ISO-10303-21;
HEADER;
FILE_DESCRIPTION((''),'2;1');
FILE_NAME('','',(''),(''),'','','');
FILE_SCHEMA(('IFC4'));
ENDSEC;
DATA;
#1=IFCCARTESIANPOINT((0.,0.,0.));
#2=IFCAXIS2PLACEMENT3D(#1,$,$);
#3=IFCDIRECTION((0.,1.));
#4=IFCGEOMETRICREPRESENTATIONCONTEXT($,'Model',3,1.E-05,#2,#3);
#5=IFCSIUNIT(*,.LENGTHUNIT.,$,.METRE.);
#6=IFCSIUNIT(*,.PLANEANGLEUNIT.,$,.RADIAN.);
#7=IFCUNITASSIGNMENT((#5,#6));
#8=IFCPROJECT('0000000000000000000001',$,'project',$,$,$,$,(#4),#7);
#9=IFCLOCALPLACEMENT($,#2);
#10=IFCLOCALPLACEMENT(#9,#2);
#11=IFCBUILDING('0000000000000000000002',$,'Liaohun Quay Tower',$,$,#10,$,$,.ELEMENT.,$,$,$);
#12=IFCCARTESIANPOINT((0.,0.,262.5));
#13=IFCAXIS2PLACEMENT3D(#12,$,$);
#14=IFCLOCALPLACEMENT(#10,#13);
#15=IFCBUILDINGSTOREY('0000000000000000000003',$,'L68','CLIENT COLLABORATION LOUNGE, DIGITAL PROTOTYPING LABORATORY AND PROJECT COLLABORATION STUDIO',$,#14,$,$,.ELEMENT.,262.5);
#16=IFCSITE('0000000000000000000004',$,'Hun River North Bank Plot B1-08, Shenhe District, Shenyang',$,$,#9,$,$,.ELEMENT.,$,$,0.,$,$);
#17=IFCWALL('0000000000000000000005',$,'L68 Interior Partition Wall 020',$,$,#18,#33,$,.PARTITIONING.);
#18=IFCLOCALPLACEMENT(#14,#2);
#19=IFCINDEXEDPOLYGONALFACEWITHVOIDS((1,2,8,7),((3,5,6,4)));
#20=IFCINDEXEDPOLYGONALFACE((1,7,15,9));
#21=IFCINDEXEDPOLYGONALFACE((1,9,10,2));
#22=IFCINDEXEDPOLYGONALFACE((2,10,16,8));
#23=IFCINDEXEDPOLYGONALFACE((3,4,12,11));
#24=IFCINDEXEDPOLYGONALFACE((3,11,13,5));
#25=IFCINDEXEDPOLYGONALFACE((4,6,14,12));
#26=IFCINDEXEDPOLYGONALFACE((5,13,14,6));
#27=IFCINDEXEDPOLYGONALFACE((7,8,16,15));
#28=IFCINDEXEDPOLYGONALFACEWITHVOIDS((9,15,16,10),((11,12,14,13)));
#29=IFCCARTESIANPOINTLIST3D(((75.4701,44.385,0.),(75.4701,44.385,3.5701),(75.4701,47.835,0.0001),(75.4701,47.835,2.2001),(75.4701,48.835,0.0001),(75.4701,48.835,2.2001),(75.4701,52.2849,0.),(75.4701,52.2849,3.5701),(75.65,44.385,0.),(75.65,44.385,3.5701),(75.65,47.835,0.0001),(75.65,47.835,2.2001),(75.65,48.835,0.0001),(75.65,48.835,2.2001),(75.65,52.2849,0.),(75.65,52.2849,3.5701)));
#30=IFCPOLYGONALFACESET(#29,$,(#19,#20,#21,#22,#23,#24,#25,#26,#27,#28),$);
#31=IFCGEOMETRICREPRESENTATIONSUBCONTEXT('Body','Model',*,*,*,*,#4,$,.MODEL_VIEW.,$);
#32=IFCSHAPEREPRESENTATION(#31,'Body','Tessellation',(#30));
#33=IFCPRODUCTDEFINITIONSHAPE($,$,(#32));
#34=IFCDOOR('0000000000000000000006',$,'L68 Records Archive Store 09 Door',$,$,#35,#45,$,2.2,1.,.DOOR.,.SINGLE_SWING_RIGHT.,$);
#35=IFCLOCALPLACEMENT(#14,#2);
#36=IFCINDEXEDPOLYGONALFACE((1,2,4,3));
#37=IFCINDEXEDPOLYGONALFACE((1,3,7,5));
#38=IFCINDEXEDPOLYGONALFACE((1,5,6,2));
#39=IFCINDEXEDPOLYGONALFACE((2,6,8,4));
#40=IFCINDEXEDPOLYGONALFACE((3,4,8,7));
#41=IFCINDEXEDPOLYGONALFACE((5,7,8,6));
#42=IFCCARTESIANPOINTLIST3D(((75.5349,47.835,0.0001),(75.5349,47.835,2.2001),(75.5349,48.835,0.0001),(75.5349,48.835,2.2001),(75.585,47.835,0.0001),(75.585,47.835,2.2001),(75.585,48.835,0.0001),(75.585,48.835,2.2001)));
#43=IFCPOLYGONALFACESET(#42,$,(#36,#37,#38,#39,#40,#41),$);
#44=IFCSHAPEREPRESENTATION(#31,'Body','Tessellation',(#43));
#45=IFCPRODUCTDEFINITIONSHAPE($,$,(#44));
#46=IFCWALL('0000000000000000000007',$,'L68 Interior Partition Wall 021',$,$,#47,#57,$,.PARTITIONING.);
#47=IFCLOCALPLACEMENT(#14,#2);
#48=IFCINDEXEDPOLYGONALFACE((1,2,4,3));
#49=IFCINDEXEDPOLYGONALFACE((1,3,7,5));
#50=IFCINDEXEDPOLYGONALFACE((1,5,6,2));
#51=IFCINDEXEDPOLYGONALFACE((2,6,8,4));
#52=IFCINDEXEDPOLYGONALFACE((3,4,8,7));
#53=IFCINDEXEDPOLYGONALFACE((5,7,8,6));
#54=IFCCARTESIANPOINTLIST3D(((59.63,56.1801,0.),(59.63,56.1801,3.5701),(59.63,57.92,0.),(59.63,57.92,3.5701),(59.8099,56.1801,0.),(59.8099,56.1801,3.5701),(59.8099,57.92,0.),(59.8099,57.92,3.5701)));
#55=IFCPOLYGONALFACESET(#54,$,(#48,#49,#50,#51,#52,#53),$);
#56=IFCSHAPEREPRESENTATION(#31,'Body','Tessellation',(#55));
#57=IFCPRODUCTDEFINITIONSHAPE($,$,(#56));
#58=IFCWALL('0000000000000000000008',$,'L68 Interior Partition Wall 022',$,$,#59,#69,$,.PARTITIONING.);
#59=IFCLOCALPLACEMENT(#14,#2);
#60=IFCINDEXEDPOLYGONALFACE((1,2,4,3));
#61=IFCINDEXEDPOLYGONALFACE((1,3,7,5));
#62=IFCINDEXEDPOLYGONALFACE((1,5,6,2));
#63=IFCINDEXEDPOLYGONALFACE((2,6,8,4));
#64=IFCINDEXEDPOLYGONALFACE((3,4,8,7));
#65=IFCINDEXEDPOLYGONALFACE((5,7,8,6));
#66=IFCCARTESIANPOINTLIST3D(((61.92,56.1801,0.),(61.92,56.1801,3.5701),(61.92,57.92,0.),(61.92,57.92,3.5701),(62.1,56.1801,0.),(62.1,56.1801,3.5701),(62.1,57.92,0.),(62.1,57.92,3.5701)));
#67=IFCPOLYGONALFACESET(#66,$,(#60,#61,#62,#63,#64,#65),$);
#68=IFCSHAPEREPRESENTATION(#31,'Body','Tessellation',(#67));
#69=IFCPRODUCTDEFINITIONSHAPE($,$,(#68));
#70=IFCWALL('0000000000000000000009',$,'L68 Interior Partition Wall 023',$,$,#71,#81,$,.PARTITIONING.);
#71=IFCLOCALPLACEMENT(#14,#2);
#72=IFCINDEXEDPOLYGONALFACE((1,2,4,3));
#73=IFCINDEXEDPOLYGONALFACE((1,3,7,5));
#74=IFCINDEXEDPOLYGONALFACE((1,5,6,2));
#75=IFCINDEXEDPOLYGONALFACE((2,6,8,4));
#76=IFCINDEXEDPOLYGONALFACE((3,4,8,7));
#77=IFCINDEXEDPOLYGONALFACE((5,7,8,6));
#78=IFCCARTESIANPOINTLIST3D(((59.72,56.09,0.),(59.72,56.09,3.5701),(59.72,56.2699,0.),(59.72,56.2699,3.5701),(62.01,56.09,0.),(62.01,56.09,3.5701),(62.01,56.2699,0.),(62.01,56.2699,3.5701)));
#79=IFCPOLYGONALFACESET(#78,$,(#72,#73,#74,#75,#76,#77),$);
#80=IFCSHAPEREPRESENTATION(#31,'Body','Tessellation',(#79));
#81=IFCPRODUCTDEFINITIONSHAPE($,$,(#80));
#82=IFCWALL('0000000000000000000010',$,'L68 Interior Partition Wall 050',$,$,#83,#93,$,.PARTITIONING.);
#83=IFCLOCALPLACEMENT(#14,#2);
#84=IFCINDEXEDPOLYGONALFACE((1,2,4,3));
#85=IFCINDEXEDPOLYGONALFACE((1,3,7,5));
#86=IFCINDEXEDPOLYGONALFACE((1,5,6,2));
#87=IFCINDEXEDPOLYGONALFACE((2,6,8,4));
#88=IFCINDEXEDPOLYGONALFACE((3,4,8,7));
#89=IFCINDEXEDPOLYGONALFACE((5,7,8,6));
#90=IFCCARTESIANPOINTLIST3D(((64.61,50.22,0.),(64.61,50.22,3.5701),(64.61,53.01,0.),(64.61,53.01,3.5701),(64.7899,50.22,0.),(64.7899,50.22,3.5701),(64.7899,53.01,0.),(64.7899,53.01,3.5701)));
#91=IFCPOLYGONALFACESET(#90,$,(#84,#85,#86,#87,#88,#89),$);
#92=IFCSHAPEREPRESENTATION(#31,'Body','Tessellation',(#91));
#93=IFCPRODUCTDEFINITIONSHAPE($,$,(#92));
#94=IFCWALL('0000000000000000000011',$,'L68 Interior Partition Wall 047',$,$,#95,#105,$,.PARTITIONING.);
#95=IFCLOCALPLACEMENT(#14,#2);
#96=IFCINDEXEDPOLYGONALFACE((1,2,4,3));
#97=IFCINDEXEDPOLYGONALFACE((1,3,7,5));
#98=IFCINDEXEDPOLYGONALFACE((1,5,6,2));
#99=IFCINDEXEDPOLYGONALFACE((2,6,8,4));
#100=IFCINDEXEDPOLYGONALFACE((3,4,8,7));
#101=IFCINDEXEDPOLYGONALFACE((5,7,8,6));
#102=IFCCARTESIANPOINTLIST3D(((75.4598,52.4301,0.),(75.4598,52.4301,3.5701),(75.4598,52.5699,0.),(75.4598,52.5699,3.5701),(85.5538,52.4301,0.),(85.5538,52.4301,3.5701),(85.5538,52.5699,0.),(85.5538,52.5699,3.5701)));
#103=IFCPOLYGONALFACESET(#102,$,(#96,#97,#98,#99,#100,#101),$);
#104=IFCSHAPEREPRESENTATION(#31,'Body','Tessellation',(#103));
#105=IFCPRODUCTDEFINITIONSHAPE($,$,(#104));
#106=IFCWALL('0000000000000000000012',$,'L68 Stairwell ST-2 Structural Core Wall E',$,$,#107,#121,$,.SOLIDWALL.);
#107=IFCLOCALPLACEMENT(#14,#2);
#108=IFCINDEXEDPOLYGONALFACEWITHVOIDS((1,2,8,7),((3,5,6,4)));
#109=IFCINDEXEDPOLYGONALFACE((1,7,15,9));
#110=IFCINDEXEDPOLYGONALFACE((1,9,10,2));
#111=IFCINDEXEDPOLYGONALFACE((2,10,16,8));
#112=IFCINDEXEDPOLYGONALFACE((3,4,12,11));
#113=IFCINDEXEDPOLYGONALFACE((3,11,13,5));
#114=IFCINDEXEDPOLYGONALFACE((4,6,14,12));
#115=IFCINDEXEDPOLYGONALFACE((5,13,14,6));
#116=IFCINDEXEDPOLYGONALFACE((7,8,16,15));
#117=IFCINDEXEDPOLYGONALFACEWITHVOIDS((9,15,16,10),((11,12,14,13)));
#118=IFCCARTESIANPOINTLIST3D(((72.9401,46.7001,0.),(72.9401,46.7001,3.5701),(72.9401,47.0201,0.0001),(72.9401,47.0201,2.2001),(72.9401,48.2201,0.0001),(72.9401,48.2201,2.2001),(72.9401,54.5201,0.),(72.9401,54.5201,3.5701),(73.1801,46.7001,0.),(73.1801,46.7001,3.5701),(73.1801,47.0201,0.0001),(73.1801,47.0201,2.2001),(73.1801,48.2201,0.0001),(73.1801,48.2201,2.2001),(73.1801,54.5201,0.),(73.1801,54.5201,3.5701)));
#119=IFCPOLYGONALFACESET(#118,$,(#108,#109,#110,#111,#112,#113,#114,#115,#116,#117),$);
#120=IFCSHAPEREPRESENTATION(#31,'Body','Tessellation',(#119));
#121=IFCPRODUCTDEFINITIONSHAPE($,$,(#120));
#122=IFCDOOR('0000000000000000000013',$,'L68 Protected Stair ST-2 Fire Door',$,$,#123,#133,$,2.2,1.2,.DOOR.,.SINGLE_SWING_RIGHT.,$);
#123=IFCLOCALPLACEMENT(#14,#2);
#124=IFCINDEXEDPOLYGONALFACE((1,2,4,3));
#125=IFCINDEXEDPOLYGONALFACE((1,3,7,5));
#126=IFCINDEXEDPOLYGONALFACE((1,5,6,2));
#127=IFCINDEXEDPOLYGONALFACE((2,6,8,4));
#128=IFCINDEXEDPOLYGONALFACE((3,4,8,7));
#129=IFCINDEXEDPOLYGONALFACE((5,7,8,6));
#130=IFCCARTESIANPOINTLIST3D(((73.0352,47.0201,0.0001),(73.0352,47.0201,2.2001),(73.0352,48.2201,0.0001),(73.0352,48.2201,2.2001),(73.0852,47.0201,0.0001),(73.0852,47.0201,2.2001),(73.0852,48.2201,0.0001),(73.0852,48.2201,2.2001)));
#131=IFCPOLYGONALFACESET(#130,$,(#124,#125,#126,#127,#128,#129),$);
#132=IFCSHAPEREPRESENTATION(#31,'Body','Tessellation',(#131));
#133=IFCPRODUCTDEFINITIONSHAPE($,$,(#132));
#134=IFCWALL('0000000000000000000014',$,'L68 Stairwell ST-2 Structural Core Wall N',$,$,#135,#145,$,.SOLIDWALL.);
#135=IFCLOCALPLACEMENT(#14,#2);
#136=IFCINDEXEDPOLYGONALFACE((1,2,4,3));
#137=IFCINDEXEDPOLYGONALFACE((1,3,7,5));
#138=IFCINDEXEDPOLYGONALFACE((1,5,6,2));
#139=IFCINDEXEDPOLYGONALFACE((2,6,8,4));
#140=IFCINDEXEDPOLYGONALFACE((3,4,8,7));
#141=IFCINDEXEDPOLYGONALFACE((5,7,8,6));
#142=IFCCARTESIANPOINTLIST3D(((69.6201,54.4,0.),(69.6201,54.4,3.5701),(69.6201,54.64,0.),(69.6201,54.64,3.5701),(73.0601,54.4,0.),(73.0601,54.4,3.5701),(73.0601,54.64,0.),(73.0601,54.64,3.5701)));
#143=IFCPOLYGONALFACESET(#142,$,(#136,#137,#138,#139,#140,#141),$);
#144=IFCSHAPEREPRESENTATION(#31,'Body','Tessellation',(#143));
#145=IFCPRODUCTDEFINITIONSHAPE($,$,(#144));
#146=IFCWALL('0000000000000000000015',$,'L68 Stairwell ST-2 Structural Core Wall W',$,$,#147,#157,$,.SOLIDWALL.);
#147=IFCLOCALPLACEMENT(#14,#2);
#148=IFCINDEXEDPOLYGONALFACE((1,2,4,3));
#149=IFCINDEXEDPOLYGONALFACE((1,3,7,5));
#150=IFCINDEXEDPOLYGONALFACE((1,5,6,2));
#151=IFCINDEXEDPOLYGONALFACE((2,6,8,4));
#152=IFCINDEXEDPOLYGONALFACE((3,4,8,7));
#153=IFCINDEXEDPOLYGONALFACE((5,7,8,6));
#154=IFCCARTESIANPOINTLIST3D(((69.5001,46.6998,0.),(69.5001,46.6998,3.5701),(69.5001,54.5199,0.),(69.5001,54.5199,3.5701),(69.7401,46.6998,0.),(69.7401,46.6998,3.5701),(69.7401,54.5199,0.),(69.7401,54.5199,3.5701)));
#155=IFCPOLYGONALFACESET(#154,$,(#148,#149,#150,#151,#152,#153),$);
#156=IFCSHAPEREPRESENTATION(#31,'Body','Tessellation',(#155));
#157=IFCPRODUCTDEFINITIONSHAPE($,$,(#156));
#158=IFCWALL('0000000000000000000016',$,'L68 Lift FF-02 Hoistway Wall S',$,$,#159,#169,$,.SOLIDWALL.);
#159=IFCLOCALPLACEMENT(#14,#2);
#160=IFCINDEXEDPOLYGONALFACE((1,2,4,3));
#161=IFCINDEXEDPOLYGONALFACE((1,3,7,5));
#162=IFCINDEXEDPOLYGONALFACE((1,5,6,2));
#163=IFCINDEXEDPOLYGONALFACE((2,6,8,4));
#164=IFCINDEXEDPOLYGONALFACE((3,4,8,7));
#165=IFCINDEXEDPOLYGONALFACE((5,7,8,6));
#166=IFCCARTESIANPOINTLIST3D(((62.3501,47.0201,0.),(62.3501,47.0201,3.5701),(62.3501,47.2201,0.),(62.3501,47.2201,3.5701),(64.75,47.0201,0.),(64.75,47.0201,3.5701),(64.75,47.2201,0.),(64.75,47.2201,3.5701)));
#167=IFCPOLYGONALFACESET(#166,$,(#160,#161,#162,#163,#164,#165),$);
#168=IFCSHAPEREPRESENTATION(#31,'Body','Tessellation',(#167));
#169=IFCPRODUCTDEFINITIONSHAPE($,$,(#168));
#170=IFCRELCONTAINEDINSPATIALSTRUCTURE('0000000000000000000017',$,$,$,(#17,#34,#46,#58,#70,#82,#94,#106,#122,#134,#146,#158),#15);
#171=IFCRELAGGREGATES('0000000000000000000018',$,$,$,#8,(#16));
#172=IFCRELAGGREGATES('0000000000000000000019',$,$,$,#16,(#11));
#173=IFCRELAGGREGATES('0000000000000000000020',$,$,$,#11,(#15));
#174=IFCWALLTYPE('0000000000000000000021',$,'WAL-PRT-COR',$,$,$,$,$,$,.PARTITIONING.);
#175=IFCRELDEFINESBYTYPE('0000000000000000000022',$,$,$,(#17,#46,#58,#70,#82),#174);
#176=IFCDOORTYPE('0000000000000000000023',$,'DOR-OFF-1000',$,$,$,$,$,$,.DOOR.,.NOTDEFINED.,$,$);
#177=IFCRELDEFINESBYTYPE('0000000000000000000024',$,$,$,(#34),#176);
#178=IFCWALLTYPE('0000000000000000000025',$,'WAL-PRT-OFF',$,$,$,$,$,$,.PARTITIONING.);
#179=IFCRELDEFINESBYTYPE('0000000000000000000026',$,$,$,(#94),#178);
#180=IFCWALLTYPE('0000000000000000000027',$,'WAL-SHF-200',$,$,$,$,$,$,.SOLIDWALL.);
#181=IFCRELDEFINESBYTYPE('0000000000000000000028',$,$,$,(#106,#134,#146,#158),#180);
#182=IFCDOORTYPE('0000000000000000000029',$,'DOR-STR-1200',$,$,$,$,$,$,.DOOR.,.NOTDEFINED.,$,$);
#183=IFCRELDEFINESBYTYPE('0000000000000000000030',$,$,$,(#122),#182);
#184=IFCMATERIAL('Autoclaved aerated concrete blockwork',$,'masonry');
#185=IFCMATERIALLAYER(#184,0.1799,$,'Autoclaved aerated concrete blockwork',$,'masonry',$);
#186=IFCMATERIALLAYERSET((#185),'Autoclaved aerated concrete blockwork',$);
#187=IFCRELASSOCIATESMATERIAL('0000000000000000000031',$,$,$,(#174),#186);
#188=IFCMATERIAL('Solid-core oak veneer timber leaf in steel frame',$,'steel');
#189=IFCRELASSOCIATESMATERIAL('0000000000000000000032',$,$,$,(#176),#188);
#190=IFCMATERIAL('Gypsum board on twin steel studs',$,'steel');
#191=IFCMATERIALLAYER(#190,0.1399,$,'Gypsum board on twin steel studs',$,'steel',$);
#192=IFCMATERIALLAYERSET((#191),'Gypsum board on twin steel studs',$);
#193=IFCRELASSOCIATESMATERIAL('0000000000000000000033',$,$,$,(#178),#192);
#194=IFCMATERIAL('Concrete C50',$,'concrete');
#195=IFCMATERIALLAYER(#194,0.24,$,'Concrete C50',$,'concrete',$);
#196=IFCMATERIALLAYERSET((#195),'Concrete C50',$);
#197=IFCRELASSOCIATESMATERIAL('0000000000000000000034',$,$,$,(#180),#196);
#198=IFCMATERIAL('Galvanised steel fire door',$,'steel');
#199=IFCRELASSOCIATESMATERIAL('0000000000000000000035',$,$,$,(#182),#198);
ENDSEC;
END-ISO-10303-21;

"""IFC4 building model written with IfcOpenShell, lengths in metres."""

from ifc_helpers import new_model, si_unit, direction, frame, frame_2d, origin, place, context, subcontext, project, spatial, rectangle, extrude, source, transform, mapped, material, layer, layer_set, type_object, element, fill, save


model = new_model("IFC4")

# Units and contexts
model_context = context("Model", 3, precision=1e-05, world=origin(), true_north=direction((0.0, 1.0)))
body_context = subcontext(model_context, "Body", "Model", "MODEL_VIEW")
ifc_project = project(units=[si_unit("LENGTHUNIT", "METRE"), si_unit("PLANEANGLEUNIT", "RADIAN")], contexts=[model_context])

# Site, building, storey
site_placement = place(None, origin())
site = spatial("IfcSite", under=ifc_project, at=site_placement, Name="Hun River North Bank Plot B1-08, Shenhe District, Shenyang", CompositionType="ELEMENT", RefElevation=0.0)
building_placement = place(site_placement, origin())
building = spatial("IfcBuilding", under=site, at=building_placement, Name="Liaohun Quay Tower", CompositionType="ELEMENT")
storey_placement = place(building_placement, frame((0.0, 0.0, 262.5)))
storey = spatial("IfcBuildingStorey", under=building, at=storey_placement, Name="L68", Description="CLIENT COLLABORATION LOUNGE, DIGITAL PROTOTYPING LABORATORY AND PROJECT COLLABORATION STUDIO", CompositionType="ELEMENT", Elevation=262.5)

# Wall, opening, door
ifc_material_1 = material(Name="Autoclaved aerated concrete blockwork", Category="masonry")
ifc_layer_1 = layer(ifc_material_1, 0.1799, Name="Autoclaved aerated concrete blockwork", Category="masonry")
ifc_layer_set_1 = layer_set([ifc_layer_1], Name="Autoclaved aerated concrete blockwork")
wall_type_1 = type_object("IfcWallType", Name="WAL-PRT-COR", PredefinedType="PARTITIONING", material=ifc_layer_set_1)
wall_1_placement = place(storey_placement, frame((75.5601, 52.2849, 0.0), z_axis=(0.0, 0.0, 1.0), x_axis=(0.0, -1.0, 0.0)))
wall_1 = element("IfcWall", 1, at=wall_1_placement, inside=storey, type_object=wall_type_1, Name="L68 Interior Partition Wall 020", PredefinedType="PARTITIONING", context=body_context, shape_type="SweptSolid", body=[
    extrude(rectangle(XDim=7.8999, YDim=0.1799, at=frame_2d((3.95, 0.0))), origin(), (0.0, 0.0, 1.0), 3.5701),
])
shared_shape_1 = source(origin(), body_context, "Body", "SweptSolid", [
    extrude(rectangle(XDim=1.0, YDim=2.2, at=frame_2d((0.5, 1.1001))), frame((0.0, 0.0999, 0.0), z_axis=(0.0, -1.0, 0.0), x_axis=(1.0, 0.0, 0.0)), (0.0, 0.0, 1.0), 0.2),
])
opening_1_placement = place(wall_1_placement, frame((3.45, 0.0, 0.0)))
opening_1 = element("IfcOpeningElement", 2, at=opening_1_placement, cuts=wall_1, PredefinedType="OPENING", context=body_context, shape_type="MappedRepresentation", body=[
    mapped(shared_shape_1, transform((0.0, 0.0, 0.0), x_axis=(1.0, 0.0, 0.0), y_axis=(0.0, 1.0, 0.0), z_axis=(0.0, 0.0, 1.0), scale=1.0)),
])
ifc_material_2 = material(Name="Solid-core oak veneer timber leaf in steel frame", Category="steel")
door_type_1 = type_object("IfcDoorType", Name="DOR-OFF-1000", OperationType="NOTDEFINED", PredefinedType="DOOR", material=ifc_material_2)
shared_shape_2 = source(origin(), body_context, "Body", "SweptSolid", [
    extrude(rectangle(XDim=1.0, YDim=2.2, at=frame_2d((0.5, 1.1001))), frame((0.0, 0.0249, 0.0), z_axis=(0.0, -1.0, 0.0), x_axis=(1.0, 0.0, 0.0)), (0.0, 0.0, 1.0), 0.05),
])
door_1_placement = place(opening_1_placement, origin())
door_1 = element("IfcDoor", 3, at=door_1_placement, inside=storey, type_object=door_type_1, Name="L68 Records Archive Store 09 Door", OperationType="SINGLE_SWING_RIGHT", OverallHeight=2.2, OverallWidth=1.0, PredefinedType="DOOR", context=body_context, shape_type="MappedRepresentation", body=[
    mapped(shared_shape_2, transform((0.0, 0.0, 0.0), x_axis=(1.0, 0.0, 0.0), y_axis=(0.0, 1.0, 0.0), z_axis=(0.0, 0.0, 1.0), scale=1.0)),
])
fill(opening_1, door_1)

# Walls
for number, where, z_axis, x_axis, name in (
    (4, (59.72, 56.1799, 0.0), (0.0, 0.0, 1.0), (0.0, 1.0, 0.0), "L68 Interior Partition Wall 021"),
    (5, (62.01, 56.1799, 0.0), (0.0, 0.0, 1.0), (0.0, 1.0, 0.0), "L68 Interior Partition Wall 022"),
):
    element("IfcWall", number, at=place(storey_placement, frame(where, z_axis=z_axis, x_axis=x_axis)), inside=storey, type_object=wall_type_1, Name=name, PredefinedType="PARTITIONING", context=body_context, shape_type="SweptSolid", body=[
        extrude(rectangle(XDim=1.74, YDim=0.1799, at=frame_2d((0.8701, 0.0))), origin(), (0.0, 0.0, 1.0), 3.5701),
    ])
wall_2_placement = place(storey_placement, frame((59.72, 56.1799, 0.0), z_axis=(0.0, 0.0, 1.0), x_axis=(1.0, 0.0, 0.0)))
element("IfcWall", 6, at=wall_2_placement, inside=storey, type_object=wall_type_1, Name="L68 Interior Partition Wall 023", PredefinedType="PARTITIONING", context=body_context, shape_type="SweptSolid", body=[
    extrude(rectangle(XDim=2.29, YDim=0.1799, at=frame_2d((1.145, 0.0))), origin(), (0.0, 0.0, 1.0), 3.5701),
])
wall_3_placement = place(storey_placement, frame((64.7, 50.22, 0.0), z_axis=(0.0, 0.0, 1.0), x_axis=(0.0, 1.0, 0.0)))
element("IfcWall", 7, at=wall_3_placement, inside=storey, type_object=wall_type_1, Name="L68 Interior Partition Wall 050", PredefinedType="PARTITIONING", context=body_context, shape_type="SweptSolid", body=[
    extrude(rectangle(XDim=2.79, YDim=0.1799, at=frame_2d((1.395, 0.0))), origin(), (0.0, 0.0, 1.0), 3.5701),
])
ifc_material_3 = material(Name="Gypsum board on twin steel studs", Category="steel")
ifc_layer_2 = layer(ifc_material_3, 0.1399, Name="Gypsum board on twin steel studs", Category="steel")
ifc_layer_set_2 = layer_set([ifc_layer_2], Name="Gypsum board on twin steel studs")
wall_type_2 = type_object("IfcWallType", Name="WAL-PRT-OFF", PredefinedType="PARTITIONING", material=ifc_layer_set_2)
wall_4_placement = place(storey_placement, frame((75.46, 52.5, 0.0), z_axis=(0.0, 0.0, 1.0), x_axis=(1.0, 0.0, 0.0)))
element("IfcWall", 8, at=wall_4_placement, inside=storey, type_object=wall_type_2, Name="L68 Interior Partition Wall 047", PredefinedType="PARTITIONING", context=body_context, shape_type="SweptSolid", body=[
    extrude(rectangle(XDim=10.094, YDim=0.1399, at=frame_2d((5.0469, 0.0))), origin(), (0.0, 0.0, 1.0), 3.5701),
])

# Wall, opening, door
ifc_material_4 = material(Name="Concrete C50", Category="concrete")
ifc_layer_3 = layer(ifc_material_4, 0.24, Name="Concrete C50", Category="concrete")
ifc_layer_set_3 = layer_set([ifc_layer_3], Name="Concrete C50")
wall_type_3 = type_object("IfcWallType", Name="WAL-SHF-200", PredefinedType="SOLIDWALL", material=ifc_layer_set_3)
wall_5_placement = place(storey_placement, frame((73.0601, 46.7, 0.0), z_axis=(0.0, 0.0, 1.0), x_axis=(0.0, 1.0, 0.0)))
wall_5 = element("IfcWall", 9, at=wall_5_placement, inside=storey, type_object=wall_type_3, Name="L68 Stairwell ST-2 Structural Core Wall E", PredefinedType="SOLIDWALL", context=body_context, shape_type="SweptSolid", body=[
    extrude(rectangle(XDim=7.8201, YDim=0.24, at=frame_2d((3.9102, 0.0))), origin(), (0.0, 0.0, 1.0), 3.5701),
])
shared_shape_3 = source(origin(), body_context, "Body", "SweptSolid", [
    extrude(rectangle(XDim=1.2, YDim=2.2, at=frame_2d((0.6001, 1.1001))), frame((0.0, 0.1299, 0.0), z_axis=(0.0, -1.0, 0.0), x_axis=(1.0, 0.0, 0.0)), (0.0, 0.0, 1.0), 0.26),
])
opening_2_placement = place(wall_5_placement, frame((0.3201, 0.0, 0.0)))
opening_2 = element("IfcOpeningElement", 10, at=opening_2_placement, cuts=wall_5, PredefinedType="OPENING", context=body_context, shape_type="MappedRepresentation", body=[
    mapped(shared_shape_3, transform((0.0, 0.0, 0.0), x_axis=(1.0, 0.0, 0.0), y_axis=(0.0, 1.0, 0.0), z_axis=(0.0, 0.0, 1.0), scale=1.0)),
])
ifc_material_5 = material(Name="Galvanised steel fire door", Category="steel")
door_type_2 = type_object("IfcDoorType", Name="DOR-STR-1200", OperationType="NOTDEFINED", PredefinedType="DOOR", material=ifc_material_5)
shared_shape_4 = source(origin(), body_context, "Body", "SweptSolid", [
    extrude(rectangle(XDim=1.2, YDim=2.2, at=frame_2d((0.6001, 1.1001))), frame((0.0, 0.0249, 0.0), z_axis=(0.0, -1.0, 0.0), x_axis=(1.0, 0.0, 0.0)), (0.0, 0.0, 1.0), 0.05),
])
door_2_placement = place(opening_2_placement, origin())
door_2 = element("IfcDoor", 11, at=door_2_placement, inside=storey, type_object=door_type_2, Name="L68 Protected Stair ST-2 Fire Door", OperationType="SINGLE_SWING_RIGHT", OverallHeight=2.2, OverallWidth=1.2, PredefinedType="DOOR", context=body_context, shape_type="MappedRepresentation", body=[
    mapped(shared_shape_4, transform((0.0, 0.0, 0.0), x_axis=(1.0, 0.0, 0.0), y_axis=(0.0, 1.0, 0.0), z_axis=(0.0, 0.0, 1.0), scale=1.0)),
])
fill(opening_2, door_2)

# Walls
wall_6_placement = place(storey_placement, frame((73.0601, 54.52, 0.0), z_axis=(0.0, 0.0, 1.0), x_axis=(-1.0, 0.0, 0.0)))
element("IfcWall", 12, at=wall_6_placement, inside=storey, type_object=wall_type_3, Name="L68 Stairwell ST-2 Structural Core Wall N", PredefinedType="SOLIDWALL", context=body_context, shape_type="SweptSolid", body=[
    extrude(rectangle(XDim=3.4399, YDim=0.24, at=frame_2d((1.72, 0.0))), origin(), (0.0, 0.0, 1.0), 3.5701),
])
wall_7_placement = place(storey_placement, frame((69.6201, 54.52, 0.0), z_axis=(0.0, 0.0, 1.0), x_axis=(0.0, -1.0, 0.0)))
element("IfcWall", 13, at=wall_7_placement, inside=storey, type_object=wall_type_3, Name="L68 Stairwell ST-2 Structural Core Wall W", PredefinedType="SOLIDWALL", context=body_context, shape_type="SweptSolid", body=[
    extrude(rectangle(XDim=7.8201, YDim=0.24, at=frame_2d((3.9102, 0.0))), origin(), (0.0, 0.0, 1.0), 3.5701),
])
wall_8_placement = place(storey_placement, frame((62.3501, 47.1201, 0.0), z_axis=(0.0, 0.0, 1.0), x_axis=(1.0, 0.0, 0.0)))
element("IfcWall", 14, at=wall_8_placement, inside=storey, type_object=wall_type_3, Name="L68 Lift FF-02 Hoistway Wall S", PredefinedType="SOLIDWALL", context=body_context, shape_type="SweptSolid", body=[
    extrude(rectangle(XDim=2.3999, YDim=0.2, at=frame_2d((1.2, 0.0))), origin(), (0.0, 0.0, 1.0), 3.5701),
])

save(model, "model.ifc")
